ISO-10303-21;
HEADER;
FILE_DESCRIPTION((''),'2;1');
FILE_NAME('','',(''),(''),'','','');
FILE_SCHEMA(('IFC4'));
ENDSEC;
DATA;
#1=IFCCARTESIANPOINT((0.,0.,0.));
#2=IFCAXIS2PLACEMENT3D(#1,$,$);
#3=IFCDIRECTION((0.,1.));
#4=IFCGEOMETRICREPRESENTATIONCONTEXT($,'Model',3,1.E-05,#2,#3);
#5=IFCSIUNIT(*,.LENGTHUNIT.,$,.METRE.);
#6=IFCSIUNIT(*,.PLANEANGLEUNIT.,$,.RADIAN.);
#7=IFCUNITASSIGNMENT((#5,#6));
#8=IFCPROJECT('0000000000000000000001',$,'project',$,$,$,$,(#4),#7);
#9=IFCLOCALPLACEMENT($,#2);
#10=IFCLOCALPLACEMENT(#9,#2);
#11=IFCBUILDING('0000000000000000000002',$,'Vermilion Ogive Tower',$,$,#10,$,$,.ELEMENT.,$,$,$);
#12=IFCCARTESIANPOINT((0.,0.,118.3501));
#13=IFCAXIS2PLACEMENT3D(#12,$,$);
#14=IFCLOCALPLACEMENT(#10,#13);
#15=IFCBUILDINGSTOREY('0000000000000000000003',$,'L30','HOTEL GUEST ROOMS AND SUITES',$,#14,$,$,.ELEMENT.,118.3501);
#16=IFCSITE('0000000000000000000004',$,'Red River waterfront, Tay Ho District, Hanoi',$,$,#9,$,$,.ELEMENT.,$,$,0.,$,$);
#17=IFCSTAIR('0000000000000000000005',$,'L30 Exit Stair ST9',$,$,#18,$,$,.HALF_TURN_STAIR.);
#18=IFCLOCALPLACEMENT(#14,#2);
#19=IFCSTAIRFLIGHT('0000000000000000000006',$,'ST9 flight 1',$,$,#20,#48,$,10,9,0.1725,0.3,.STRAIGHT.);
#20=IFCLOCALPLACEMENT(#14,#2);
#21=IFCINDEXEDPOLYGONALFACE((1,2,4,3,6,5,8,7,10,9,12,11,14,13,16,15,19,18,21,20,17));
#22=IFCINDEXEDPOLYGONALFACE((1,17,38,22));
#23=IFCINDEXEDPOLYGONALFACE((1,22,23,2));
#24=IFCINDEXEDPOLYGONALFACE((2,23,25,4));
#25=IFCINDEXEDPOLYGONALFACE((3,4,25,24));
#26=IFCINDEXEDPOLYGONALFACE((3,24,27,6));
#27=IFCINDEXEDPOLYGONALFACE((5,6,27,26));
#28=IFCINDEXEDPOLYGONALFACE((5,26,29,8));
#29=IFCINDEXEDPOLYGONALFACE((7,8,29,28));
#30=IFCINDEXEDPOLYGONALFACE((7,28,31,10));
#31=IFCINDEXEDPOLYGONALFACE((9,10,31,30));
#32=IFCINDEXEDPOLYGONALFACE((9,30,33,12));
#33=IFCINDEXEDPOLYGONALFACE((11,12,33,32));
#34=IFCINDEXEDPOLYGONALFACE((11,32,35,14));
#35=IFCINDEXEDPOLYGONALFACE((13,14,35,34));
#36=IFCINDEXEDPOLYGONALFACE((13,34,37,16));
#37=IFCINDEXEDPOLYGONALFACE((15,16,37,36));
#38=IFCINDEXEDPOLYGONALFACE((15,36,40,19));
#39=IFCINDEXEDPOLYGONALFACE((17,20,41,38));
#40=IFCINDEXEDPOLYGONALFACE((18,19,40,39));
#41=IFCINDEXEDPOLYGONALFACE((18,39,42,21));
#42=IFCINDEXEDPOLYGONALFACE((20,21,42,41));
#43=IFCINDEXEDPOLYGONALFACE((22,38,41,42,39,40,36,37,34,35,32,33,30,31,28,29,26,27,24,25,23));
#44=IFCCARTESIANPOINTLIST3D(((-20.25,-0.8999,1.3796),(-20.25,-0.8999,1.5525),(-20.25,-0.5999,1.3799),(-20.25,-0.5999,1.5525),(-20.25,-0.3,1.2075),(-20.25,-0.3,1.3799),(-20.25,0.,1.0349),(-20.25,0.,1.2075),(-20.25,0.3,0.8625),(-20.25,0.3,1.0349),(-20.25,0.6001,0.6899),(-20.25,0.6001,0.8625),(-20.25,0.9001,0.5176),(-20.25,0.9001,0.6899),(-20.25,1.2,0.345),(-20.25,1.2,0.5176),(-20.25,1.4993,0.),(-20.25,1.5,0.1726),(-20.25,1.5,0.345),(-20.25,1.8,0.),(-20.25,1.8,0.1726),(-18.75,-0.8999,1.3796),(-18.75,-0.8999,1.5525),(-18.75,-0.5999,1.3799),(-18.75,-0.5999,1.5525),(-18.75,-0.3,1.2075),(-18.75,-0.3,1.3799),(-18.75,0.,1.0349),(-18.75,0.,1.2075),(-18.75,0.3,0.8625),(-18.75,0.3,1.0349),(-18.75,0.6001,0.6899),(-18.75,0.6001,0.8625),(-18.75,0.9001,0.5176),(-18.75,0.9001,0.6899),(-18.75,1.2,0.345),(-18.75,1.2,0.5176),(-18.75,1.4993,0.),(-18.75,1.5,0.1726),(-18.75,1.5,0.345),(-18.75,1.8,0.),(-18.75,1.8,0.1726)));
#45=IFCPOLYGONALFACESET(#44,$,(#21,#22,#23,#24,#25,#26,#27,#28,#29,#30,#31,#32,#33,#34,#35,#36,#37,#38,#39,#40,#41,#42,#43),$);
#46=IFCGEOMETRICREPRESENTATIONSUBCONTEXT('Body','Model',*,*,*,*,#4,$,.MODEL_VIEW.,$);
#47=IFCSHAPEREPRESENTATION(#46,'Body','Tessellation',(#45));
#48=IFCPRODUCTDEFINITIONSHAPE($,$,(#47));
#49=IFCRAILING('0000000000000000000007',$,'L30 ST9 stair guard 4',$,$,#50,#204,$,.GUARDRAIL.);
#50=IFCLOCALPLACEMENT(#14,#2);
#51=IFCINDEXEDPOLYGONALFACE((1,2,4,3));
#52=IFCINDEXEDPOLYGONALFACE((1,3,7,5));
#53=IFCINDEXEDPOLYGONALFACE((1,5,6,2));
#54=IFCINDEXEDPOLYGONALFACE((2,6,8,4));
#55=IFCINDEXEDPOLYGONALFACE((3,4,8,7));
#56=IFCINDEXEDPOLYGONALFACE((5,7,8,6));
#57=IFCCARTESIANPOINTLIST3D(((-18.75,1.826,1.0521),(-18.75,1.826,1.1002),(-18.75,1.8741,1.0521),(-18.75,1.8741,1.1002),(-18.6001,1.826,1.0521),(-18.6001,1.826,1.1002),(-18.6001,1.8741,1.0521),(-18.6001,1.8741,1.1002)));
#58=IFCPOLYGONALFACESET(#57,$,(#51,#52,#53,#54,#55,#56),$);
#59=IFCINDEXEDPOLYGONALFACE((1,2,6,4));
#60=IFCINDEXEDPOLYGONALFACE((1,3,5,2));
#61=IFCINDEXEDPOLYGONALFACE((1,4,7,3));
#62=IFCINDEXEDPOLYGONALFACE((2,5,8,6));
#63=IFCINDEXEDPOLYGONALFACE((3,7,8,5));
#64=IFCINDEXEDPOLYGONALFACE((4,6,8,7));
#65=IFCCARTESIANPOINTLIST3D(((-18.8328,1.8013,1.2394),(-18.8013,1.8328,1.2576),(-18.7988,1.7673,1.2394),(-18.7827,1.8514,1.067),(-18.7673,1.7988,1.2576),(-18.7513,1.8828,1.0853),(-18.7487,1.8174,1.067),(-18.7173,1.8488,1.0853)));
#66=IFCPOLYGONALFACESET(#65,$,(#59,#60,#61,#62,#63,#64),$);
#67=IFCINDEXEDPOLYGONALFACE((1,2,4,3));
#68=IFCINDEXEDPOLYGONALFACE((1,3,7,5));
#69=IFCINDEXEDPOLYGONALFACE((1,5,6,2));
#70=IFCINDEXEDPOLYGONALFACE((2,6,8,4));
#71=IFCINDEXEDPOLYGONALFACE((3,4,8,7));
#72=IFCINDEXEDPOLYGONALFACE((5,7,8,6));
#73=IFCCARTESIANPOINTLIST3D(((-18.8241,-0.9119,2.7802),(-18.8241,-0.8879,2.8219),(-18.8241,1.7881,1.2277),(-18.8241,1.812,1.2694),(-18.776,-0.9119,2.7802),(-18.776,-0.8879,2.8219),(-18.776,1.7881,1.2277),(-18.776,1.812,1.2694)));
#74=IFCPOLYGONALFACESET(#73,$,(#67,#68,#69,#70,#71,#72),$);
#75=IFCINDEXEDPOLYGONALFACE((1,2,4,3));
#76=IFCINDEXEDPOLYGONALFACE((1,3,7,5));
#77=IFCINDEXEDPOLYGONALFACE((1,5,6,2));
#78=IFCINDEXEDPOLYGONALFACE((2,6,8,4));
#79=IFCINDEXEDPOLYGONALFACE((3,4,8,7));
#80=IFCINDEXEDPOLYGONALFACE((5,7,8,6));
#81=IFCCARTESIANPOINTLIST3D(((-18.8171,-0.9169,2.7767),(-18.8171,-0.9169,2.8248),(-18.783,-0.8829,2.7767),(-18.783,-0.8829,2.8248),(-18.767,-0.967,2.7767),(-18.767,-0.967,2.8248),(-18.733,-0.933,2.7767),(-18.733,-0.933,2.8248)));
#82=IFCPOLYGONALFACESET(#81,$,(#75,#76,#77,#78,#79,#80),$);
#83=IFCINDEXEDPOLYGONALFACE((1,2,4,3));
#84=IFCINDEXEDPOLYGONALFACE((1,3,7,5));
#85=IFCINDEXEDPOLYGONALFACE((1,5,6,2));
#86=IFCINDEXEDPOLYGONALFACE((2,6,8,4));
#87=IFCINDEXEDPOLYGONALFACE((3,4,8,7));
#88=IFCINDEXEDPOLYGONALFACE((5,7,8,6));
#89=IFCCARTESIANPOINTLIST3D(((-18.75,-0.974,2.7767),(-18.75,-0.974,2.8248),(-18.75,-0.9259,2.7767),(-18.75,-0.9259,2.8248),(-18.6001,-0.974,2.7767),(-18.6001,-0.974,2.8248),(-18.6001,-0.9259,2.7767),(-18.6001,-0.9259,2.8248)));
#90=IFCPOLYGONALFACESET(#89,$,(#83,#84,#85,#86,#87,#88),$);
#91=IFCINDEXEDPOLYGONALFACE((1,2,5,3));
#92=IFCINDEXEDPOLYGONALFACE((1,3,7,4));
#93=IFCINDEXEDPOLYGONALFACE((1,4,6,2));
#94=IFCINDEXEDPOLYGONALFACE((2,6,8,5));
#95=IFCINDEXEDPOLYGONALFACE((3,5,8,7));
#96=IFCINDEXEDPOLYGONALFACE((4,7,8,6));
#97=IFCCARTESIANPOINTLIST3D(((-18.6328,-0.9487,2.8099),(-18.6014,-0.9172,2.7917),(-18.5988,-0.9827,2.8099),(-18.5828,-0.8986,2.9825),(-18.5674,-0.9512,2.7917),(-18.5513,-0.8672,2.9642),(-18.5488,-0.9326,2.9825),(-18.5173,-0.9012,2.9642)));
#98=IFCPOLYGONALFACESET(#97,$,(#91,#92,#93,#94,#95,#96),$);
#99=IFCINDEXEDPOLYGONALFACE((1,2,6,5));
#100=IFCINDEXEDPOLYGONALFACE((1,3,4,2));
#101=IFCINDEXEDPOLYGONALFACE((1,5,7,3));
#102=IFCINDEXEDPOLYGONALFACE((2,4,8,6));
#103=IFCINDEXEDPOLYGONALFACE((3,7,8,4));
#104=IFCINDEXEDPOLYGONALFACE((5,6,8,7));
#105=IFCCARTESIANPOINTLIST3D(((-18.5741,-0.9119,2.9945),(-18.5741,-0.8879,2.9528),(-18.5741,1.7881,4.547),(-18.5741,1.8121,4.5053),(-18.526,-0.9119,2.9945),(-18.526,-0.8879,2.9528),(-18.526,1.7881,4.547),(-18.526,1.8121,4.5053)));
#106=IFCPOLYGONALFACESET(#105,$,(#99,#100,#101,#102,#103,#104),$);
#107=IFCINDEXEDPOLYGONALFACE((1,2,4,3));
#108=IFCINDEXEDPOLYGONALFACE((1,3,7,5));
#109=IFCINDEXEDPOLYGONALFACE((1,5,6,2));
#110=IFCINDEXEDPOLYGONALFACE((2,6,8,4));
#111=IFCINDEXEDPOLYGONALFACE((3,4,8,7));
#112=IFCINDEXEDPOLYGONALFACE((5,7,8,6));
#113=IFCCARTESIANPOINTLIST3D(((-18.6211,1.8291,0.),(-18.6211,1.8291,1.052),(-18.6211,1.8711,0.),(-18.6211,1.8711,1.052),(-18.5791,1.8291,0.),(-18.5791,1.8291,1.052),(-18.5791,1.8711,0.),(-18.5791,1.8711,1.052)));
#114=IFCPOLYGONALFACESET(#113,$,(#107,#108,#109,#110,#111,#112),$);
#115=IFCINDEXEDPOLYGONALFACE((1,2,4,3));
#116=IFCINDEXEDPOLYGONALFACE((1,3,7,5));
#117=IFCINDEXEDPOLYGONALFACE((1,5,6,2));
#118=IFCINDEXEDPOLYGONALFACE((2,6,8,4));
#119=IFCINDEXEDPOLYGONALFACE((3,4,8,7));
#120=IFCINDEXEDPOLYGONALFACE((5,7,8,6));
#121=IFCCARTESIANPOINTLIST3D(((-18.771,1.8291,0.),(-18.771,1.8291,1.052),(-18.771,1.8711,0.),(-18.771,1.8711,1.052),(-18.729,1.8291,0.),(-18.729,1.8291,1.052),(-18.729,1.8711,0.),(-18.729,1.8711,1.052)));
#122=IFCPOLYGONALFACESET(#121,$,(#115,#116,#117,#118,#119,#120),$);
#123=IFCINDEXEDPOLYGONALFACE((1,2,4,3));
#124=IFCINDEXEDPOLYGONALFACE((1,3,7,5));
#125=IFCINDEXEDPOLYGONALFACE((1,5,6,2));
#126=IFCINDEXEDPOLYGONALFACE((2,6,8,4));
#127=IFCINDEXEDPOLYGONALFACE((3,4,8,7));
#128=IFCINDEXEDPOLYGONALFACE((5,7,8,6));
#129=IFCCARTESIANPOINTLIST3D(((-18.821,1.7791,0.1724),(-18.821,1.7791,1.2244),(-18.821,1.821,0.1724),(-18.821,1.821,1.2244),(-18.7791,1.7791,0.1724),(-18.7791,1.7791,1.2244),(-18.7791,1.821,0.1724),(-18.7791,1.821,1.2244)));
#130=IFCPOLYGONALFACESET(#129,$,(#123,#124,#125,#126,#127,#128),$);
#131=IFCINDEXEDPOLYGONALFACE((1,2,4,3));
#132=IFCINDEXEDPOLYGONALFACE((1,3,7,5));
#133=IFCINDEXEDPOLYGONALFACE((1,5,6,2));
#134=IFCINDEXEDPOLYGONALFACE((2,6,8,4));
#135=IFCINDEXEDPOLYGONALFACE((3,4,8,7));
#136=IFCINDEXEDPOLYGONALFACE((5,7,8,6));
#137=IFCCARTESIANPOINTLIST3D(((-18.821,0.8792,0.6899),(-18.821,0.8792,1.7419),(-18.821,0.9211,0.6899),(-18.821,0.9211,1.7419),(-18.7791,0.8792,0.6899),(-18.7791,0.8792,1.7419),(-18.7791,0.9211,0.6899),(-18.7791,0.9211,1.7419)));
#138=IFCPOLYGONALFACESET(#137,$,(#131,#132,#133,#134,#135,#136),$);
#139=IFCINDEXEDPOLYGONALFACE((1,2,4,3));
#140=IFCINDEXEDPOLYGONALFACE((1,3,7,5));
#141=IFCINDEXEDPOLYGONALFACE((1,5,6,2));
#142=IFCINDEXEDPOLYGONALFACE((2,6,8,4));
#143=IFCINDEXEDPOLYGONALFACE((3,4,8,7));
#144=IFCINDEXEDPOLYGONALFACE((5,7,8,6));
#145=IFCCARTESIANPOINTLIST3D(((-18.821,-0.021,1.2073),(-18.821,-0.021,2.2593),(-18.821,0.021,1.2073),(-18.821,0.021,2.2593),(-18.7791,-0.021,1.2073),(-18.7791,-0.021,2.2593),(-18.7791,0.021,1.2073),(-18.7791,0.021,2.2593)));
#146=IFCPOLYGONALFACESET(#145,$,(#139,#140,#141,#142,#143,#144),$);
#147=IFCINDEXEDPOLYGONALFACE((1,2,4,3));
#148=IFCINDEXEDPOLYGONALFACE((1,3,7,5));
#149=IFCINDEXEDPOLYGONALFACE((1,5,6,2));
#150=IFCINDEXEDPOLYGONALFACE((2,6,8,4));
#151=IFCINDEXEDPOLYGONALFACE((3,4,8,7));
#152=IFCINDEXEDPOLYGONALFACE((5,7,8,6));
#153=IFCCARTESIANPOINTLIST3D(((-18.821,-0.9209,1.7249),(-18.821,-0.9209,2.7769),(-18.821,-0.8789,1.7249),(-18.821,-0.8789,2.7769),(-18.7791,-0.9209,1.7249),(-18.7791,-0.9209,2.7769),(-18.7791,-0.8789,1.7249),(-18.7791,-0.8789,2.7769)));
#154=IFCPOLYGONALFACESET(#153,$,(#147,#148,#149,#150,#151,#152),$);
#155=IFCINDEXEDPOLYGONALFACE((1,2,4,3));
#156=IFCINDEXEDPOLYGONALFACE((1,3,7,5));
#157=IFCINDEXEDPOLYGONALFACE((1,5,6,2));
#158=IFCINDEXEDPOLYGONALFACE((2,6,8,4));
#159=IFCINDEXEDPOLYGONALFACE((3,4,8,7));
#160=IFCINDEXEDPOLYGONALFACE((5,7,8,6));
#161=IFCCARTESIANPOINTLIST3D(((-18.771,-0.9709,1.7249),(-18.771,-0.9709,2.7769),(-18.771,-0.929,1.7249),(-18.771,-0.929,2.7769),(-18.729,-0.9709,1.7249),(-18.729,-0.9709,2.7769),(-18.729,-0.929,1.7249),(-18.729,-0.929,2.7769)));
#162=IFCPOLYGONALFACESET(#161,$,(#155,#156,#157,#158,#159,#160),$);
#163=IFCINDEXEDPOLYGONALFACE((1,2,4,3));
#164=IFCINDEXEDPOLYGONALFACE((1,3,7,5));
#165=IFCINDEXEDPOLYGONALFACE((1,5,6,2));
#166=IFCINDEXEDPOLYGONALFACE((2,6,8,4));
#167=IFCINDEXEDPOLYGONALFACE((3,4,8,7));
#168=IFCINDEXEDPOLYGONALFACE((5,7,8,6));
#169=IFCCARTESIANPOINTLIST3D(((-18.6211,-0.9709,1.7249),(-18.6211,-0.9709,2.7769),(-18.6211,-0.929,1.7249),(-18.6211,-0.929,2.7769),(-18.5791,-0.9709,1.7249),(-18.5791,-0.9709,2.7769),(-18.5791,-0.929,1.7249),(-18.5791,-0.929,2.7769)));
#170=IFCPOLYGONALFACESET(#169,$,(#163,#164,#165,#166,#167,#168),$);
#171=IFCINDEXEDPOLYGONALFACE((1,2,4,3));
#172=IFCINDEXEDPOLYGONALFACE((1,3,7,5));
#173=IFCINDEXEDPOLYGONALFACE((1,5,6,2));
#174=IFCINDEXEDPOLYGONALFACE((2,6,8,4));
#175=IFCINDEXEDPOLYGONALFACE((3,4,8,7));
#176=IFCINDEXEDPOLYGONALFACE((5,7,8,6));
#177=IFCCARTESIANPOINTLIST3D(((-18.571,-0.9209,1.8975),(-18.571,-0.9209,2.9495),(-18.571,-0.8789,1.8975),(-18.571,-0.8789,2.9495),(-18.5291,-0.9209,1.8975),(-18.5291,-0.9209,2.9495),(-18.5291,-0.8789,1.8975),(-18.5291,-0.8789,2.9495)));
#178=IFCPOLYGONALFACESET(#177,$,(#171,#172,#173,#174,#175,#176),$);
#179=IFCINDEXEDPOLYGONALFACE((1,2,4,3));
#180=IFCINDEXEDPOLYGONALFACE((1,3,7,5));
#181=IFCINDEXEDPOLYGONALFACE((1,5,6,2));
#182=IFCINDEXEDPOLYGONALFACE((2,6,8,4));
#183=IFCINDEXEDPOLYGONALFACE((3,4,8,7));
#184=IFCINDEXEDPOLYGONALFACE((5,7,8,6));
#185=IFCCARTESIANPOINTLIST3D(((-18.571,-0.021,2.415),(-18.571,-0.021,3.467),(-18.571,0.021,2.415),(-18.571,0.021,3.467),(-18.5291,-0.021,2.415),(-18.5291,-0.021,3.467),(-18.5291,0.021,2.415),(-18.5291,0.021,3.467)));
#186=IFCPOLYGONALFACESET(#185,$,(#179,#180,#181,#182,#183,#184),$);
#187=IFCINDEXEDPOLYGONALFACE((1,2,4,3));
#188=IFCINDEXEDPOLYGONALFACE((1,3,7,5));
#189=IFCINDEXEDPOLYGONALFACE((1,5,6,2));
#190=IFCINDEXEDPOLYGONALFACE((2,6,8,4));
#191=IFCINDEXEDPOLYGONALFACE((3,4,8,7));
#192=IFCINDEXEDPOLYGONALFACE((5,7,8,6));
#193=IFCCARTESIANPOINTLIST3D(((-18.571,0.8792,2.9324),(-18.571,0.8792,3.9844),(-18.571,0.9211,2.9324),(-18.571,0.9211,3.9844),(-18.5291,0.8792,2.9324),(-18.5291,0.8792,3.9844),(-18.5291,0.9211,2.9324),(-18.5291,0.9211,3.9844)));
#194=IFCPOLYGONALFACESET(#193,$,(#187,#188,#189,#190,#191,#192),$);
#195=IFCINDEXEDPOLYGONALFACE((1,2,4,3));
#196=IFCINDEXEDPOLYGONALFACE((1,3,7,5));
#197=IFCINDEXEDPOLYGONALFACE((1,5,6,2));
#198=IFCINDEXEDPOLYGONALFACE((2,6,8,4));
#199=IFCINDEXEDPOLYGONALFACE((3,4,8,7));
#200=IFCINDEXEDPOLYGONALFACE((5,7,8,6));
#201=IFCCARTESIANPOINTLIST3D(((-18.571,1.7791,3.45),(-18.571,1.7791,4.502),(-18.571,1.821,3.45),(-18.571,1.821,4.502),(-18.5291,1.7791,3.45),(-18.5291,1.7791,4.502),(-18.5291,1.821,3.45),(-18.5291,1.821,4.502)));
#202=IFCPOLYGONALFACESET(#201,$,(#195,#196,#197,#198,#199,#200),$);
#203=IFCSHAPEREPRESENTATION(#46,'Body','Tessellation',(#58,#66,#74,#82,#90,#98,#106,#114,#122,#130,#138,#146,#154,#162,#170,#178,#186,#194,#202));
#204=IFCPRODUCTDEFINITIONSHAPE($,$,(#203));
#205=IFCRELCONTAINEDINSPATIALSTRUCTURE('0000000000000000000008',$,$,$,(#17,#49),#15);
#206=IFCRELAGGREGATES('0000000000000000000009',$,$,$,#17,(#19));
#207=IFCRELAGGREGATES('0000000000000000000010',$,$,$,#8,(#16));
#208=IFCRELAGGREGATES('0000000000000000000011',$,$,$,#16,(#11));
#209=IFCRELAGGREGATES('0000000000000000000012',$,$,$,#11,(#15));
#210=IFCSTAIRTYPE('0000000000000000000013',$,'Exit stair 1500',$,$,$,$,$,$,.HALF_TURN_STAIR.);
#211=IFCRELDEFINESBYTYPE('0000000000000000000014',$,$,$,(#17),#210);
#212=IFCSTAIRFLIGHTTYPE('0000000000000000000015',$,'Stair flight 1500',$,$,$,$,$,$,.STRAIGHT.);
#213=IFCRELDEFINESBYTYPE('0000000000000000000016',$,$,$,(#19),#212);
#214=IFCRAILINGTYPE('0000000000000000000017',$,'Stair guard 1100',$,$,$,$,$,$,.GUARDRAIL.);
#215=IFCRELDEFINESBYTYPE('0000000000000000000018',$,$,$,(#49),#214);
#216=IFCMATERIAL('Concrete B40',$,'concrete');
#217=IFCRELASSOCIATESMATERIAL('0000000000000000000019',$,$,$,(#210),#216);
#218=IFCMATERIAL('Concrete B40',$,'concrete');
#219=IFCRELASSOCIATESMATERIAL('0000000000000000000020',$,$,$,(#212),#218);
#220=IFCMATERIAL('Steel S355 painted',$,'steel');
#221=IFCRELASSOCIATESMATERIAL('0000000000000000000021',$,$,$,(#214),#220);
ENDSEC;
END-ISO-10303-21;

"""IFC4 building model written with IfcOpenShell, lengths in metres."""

from ifc_helpers import new_model, si_unit, direction, frame, origin, origin_2d, place, context, subcontext, project, spatial, polyline, rectangle, outline, extrude, material, type_object, element, aggregate, save


model = new_model("IFC4")

# Units and contexts
model_context = context("Model", 3, precision=1e-05, world=origin(), true_north=direction((0.0, 1.0)))
body_context = subcontext(model_context, "Body", "Model", "MODEL_VIEW")
ifc_project = project(units=[si_unit("LENGTHUNIT", "METRE"), si_unit("PLANEANGLEUNIT", "RADIAN")], contexts=[model_context])

# Site, building, storey
site_placement = place(None, origin())
site = spatial("IfcSite", under=ifc_project, at=site_placement, Name="Red River waterfront, Tay Ho District, Hanoi", CompositionType="ELEMENT", RefElevation=0.0)
building_placement = place(site_placement, origin())
building = spatial("IfcBuilding", under=site, at=building_placement, Name="Vermilion Ogive Tower", CompositionType="ELEMENT")
storey_placement = place(building_placement, frame((0.0, 0.0, 118.3501)))
storey = spatial("IfcBuildingStorey", under=building, at=storey_placement, Name="L30", Description="HOTEL GUEST ROOMS AND SUITES", CompositionType="ELEMENT", Elevation=118.3501)

# Stair, stair flight
ifc_material_1 = material(Name="Concrete B40", Category="concrete")
stair_type = type_object("IfcStairType", Name="Exit stair 1500", PredefinedType="HALF_TURN_STAIR", material=ifc_material_1)
stair_placement = place(storey_placement, origin())
stair = element("IfcStair", 1, at=stair_placement, inside=storey, type_object=stair_type, Name="L30 Exit Stair ST9", PredefinedType="HALF_TURN_STAIR")
ifc_material_2 = material(Name="Concrete B40", Category="concrete")
stair_flight_type = type_object("IfcStairFlightType", Name="Stair flight 1500", PredefinedType="STRAIGHT", material=ifc_material_2)
stair_flight_placement = place(storey_placement, frame((-19.5, 1.8, 0.0), z_axis=(0.0, 0.0, 1.0), x_axis=(0.0, -1.0, 0.0)))
stair_flight = element("IfcStairFlight", 2, at=stair_flight_placement, type_object=stair_flight_type, Name="ST9 flight 1", NumberOfRisers=10, NumberOfTreads=9, PredefinedType="STRAIGHT", RiserHeight=0.1725, TreadLength=0.3, context=body_context, shape_type="SweptSolid", body=[
    extrude(outline(polyline([(0.0, 0.0), (0.0, 0.1726), (0.3, 0.1726), (0.3, 0.345), (0.6001, 0.345), (0.6001, 0.5176), (0.8999, 0.5176), (0.8999, 0.6899), (1.2, 0.6899), (1.2, 0.8625), (1.5, 0.8625), (1.5, 1.0349), (1.8, 1.0349), (1.8, 1.2075), (2.1001, 1.2075), (2.1001, 1.3799), (2.3999, 1.3799), (2.3999, 1.5525), (2.7, 1.5525), (2.7, 1.7251), (2.7, 1.3796), (0.3008, 0.0), (0.0, 0.0)])), frame((0.0, 0.75, 0.0), z_axis=(0.0, -1.0, 0.0), x_axis=(1.0, 0.0, 0.0)), (0.0, 0.0, 1.0), 1.5),
])
aggregate(stair, [stair_flight])

# Railing
ifc_material_3 = material(Name="Steel S355 painted", Category="steel")
railing_type_1 = type_object("IfcRailingType", Name="Stair guard 1100", PredefinedType="GUARDRAIL", material=ifc_material_3)
railing_1_placement = place(storey_placement, frame((-18.6001, 1.8501, 0.0)))
element("IfcRailing", 3, at=railing_1_placement, inside=storey, type_object=railing_type_1, Name="L30 ST9 stair guard 4", PredefinedType="GUARDRAIL", context=body_context, shape_type="SweptSolid", body=[
    extrude(rectangle(XDim=0.0481, YDim=0.0481, at=origin_2d()), frame((0.0, 0.0, 1.0762), z_axis=(-1.0, 0.0, 0.0), x_axis=(0.0, -1.0, 0.0)), (0.0, 0.0, 1.0), 0.1499),
    extrude(rectangle(XDim=0.0481, YDim=0.0481, at=origin_2d()), frame((-0.1499, 0.0, 1.0762), z_axis=(-0.268603, -0.268603, 0.925043), x_axis=(0.707107, -0.707107, 0.0)), (0.0, 0.0, 1.0), 0.1863),
    extrude(rectangle(XDim=0.0481, YDim=0.0481, at=origin_2d()), frame((-0.2, -0.05, 1.2485), z_axis=(0.0, -0.866904, 0.498476), x_axis=(1.0, 0.0, 0.0)), (0.0, 0.0, 1.0), 3.1145),
    extrude(rectangle(XDim=0.0481, YDim=0.0481, at=origin_2d()), frame((-0.2, -2.75, 2.8008), z_axis=(0.707107, -0.707107, 0.0), x_axis=(0.707107, 0.707107, 0.0)), (0.0, 0.0, 1.0), 0.0708),
    extrude(rectangle(XDim=0.0481, YDim=0.0481, at=origin_2d()), frame((-0.1499, -2.8, 2.8008), z_axis=(1.0, 0.0, 0.0), x_axis=(0.0, 1.0, 0.0)), (0.0, 0.0, 1.0), 0.1499),
    extrude(rectangle(XDim=0.0481, YDim=0.0481, at=origin_2d()), frame((0.0, -2.8, 2.8008), z_axis=(0.268278, 0.268278, 0.925232), x_axis=(-0.707107, 0.707107, 0.0)), (0.0, 0.0, 1.0), 0.1865),
    extrude(rectangle(XDim=0.0481, YDim=0.0481, at=origin_2d()), frame((0.05, -2.75, 2.9736), z_axis=(0.0, 0.866904, 0.498476), x_axis=(-1.0, 0.0, 0.0)), (0.0, 0.0, 1.0), 3.1145),
    extrude(rectangle(XDim=0.042, YDim=0.042, at=origin_2d()), origin(), (0.0, 0.0, 1.0), 1.052),
    extrude(rectangle(XDim=0.042, YDim=0.042, at=origin_2d()), frame((-0.1499, 0.0, 0.0)), (0.0, 0.0, 1.0), 1.052),
    extrude(rectangle(XDim=0.042, YDim=0.042, at=origin_2d()), frame((-0.2, -0.05, 0.1724)), (0.0, 0.0, 1.0), 1.052),
    extrude(rectangle(XDim=0.042, YDim=0.042, at=origin_2d()), frame((-0.2, -0.95, 0.6899)), (0.0, 0.0, 1.0), 1.052),
    extrude(rectangle(XDim=0.042, YDim=0.042, at=origin_2d()), frame((-0.2, -1.8501, 1.2073)), (0.0, 0.0, 1.0), 1.052),
    extrude(rectangle(XDim=0.042, YDim=0.042, at=origin_2d()), frame((-0.2, -2.75, 1.7249)), (0.0, 0.0, 1.0), 1.052),
    extrude(rectangle(XDim=0.042, YDim=0.042, at=origin_2d()), frame((-0.1499, -2.8, 1.7249)), (0.0, 0.0, 1.0), 1.052),
    extrude(rectangle(XDim=0.042, YDim=0.042, at=origin_2d()), frame((0.0, -2.8, 1.7249)), (0.0, 0.0, 1.0), 1.052),
    extrude(rectangle(XDim=0.042, YDim=0.042, at=origin_2d()), frame((0.05, -2.75, 1.8975)), (0.0, 0.0, 1.0), 1.052),
    extrude(rectangle(XDim=0.042, YDim=0.042, at=origin_2d()), frame((0.05, -1.8501, 2.415)), (0.0, 0.0, 1.0), 1.052),
    extrude(rectangle(XDim=0.042, YDim=0.042, at=origin_2d()), frame((0.05, -0.95, 2.9324)), (0.0, 0.0, 1.0), 1.052),
    extrude(rectangle(XDim=0.042, YDim=0.042, at=origin_2d()), frame((0.05, -0.05, 3.45)), (0.0, 0.0, 1.0), 1.052),
])

save(model, "model.ifc")
